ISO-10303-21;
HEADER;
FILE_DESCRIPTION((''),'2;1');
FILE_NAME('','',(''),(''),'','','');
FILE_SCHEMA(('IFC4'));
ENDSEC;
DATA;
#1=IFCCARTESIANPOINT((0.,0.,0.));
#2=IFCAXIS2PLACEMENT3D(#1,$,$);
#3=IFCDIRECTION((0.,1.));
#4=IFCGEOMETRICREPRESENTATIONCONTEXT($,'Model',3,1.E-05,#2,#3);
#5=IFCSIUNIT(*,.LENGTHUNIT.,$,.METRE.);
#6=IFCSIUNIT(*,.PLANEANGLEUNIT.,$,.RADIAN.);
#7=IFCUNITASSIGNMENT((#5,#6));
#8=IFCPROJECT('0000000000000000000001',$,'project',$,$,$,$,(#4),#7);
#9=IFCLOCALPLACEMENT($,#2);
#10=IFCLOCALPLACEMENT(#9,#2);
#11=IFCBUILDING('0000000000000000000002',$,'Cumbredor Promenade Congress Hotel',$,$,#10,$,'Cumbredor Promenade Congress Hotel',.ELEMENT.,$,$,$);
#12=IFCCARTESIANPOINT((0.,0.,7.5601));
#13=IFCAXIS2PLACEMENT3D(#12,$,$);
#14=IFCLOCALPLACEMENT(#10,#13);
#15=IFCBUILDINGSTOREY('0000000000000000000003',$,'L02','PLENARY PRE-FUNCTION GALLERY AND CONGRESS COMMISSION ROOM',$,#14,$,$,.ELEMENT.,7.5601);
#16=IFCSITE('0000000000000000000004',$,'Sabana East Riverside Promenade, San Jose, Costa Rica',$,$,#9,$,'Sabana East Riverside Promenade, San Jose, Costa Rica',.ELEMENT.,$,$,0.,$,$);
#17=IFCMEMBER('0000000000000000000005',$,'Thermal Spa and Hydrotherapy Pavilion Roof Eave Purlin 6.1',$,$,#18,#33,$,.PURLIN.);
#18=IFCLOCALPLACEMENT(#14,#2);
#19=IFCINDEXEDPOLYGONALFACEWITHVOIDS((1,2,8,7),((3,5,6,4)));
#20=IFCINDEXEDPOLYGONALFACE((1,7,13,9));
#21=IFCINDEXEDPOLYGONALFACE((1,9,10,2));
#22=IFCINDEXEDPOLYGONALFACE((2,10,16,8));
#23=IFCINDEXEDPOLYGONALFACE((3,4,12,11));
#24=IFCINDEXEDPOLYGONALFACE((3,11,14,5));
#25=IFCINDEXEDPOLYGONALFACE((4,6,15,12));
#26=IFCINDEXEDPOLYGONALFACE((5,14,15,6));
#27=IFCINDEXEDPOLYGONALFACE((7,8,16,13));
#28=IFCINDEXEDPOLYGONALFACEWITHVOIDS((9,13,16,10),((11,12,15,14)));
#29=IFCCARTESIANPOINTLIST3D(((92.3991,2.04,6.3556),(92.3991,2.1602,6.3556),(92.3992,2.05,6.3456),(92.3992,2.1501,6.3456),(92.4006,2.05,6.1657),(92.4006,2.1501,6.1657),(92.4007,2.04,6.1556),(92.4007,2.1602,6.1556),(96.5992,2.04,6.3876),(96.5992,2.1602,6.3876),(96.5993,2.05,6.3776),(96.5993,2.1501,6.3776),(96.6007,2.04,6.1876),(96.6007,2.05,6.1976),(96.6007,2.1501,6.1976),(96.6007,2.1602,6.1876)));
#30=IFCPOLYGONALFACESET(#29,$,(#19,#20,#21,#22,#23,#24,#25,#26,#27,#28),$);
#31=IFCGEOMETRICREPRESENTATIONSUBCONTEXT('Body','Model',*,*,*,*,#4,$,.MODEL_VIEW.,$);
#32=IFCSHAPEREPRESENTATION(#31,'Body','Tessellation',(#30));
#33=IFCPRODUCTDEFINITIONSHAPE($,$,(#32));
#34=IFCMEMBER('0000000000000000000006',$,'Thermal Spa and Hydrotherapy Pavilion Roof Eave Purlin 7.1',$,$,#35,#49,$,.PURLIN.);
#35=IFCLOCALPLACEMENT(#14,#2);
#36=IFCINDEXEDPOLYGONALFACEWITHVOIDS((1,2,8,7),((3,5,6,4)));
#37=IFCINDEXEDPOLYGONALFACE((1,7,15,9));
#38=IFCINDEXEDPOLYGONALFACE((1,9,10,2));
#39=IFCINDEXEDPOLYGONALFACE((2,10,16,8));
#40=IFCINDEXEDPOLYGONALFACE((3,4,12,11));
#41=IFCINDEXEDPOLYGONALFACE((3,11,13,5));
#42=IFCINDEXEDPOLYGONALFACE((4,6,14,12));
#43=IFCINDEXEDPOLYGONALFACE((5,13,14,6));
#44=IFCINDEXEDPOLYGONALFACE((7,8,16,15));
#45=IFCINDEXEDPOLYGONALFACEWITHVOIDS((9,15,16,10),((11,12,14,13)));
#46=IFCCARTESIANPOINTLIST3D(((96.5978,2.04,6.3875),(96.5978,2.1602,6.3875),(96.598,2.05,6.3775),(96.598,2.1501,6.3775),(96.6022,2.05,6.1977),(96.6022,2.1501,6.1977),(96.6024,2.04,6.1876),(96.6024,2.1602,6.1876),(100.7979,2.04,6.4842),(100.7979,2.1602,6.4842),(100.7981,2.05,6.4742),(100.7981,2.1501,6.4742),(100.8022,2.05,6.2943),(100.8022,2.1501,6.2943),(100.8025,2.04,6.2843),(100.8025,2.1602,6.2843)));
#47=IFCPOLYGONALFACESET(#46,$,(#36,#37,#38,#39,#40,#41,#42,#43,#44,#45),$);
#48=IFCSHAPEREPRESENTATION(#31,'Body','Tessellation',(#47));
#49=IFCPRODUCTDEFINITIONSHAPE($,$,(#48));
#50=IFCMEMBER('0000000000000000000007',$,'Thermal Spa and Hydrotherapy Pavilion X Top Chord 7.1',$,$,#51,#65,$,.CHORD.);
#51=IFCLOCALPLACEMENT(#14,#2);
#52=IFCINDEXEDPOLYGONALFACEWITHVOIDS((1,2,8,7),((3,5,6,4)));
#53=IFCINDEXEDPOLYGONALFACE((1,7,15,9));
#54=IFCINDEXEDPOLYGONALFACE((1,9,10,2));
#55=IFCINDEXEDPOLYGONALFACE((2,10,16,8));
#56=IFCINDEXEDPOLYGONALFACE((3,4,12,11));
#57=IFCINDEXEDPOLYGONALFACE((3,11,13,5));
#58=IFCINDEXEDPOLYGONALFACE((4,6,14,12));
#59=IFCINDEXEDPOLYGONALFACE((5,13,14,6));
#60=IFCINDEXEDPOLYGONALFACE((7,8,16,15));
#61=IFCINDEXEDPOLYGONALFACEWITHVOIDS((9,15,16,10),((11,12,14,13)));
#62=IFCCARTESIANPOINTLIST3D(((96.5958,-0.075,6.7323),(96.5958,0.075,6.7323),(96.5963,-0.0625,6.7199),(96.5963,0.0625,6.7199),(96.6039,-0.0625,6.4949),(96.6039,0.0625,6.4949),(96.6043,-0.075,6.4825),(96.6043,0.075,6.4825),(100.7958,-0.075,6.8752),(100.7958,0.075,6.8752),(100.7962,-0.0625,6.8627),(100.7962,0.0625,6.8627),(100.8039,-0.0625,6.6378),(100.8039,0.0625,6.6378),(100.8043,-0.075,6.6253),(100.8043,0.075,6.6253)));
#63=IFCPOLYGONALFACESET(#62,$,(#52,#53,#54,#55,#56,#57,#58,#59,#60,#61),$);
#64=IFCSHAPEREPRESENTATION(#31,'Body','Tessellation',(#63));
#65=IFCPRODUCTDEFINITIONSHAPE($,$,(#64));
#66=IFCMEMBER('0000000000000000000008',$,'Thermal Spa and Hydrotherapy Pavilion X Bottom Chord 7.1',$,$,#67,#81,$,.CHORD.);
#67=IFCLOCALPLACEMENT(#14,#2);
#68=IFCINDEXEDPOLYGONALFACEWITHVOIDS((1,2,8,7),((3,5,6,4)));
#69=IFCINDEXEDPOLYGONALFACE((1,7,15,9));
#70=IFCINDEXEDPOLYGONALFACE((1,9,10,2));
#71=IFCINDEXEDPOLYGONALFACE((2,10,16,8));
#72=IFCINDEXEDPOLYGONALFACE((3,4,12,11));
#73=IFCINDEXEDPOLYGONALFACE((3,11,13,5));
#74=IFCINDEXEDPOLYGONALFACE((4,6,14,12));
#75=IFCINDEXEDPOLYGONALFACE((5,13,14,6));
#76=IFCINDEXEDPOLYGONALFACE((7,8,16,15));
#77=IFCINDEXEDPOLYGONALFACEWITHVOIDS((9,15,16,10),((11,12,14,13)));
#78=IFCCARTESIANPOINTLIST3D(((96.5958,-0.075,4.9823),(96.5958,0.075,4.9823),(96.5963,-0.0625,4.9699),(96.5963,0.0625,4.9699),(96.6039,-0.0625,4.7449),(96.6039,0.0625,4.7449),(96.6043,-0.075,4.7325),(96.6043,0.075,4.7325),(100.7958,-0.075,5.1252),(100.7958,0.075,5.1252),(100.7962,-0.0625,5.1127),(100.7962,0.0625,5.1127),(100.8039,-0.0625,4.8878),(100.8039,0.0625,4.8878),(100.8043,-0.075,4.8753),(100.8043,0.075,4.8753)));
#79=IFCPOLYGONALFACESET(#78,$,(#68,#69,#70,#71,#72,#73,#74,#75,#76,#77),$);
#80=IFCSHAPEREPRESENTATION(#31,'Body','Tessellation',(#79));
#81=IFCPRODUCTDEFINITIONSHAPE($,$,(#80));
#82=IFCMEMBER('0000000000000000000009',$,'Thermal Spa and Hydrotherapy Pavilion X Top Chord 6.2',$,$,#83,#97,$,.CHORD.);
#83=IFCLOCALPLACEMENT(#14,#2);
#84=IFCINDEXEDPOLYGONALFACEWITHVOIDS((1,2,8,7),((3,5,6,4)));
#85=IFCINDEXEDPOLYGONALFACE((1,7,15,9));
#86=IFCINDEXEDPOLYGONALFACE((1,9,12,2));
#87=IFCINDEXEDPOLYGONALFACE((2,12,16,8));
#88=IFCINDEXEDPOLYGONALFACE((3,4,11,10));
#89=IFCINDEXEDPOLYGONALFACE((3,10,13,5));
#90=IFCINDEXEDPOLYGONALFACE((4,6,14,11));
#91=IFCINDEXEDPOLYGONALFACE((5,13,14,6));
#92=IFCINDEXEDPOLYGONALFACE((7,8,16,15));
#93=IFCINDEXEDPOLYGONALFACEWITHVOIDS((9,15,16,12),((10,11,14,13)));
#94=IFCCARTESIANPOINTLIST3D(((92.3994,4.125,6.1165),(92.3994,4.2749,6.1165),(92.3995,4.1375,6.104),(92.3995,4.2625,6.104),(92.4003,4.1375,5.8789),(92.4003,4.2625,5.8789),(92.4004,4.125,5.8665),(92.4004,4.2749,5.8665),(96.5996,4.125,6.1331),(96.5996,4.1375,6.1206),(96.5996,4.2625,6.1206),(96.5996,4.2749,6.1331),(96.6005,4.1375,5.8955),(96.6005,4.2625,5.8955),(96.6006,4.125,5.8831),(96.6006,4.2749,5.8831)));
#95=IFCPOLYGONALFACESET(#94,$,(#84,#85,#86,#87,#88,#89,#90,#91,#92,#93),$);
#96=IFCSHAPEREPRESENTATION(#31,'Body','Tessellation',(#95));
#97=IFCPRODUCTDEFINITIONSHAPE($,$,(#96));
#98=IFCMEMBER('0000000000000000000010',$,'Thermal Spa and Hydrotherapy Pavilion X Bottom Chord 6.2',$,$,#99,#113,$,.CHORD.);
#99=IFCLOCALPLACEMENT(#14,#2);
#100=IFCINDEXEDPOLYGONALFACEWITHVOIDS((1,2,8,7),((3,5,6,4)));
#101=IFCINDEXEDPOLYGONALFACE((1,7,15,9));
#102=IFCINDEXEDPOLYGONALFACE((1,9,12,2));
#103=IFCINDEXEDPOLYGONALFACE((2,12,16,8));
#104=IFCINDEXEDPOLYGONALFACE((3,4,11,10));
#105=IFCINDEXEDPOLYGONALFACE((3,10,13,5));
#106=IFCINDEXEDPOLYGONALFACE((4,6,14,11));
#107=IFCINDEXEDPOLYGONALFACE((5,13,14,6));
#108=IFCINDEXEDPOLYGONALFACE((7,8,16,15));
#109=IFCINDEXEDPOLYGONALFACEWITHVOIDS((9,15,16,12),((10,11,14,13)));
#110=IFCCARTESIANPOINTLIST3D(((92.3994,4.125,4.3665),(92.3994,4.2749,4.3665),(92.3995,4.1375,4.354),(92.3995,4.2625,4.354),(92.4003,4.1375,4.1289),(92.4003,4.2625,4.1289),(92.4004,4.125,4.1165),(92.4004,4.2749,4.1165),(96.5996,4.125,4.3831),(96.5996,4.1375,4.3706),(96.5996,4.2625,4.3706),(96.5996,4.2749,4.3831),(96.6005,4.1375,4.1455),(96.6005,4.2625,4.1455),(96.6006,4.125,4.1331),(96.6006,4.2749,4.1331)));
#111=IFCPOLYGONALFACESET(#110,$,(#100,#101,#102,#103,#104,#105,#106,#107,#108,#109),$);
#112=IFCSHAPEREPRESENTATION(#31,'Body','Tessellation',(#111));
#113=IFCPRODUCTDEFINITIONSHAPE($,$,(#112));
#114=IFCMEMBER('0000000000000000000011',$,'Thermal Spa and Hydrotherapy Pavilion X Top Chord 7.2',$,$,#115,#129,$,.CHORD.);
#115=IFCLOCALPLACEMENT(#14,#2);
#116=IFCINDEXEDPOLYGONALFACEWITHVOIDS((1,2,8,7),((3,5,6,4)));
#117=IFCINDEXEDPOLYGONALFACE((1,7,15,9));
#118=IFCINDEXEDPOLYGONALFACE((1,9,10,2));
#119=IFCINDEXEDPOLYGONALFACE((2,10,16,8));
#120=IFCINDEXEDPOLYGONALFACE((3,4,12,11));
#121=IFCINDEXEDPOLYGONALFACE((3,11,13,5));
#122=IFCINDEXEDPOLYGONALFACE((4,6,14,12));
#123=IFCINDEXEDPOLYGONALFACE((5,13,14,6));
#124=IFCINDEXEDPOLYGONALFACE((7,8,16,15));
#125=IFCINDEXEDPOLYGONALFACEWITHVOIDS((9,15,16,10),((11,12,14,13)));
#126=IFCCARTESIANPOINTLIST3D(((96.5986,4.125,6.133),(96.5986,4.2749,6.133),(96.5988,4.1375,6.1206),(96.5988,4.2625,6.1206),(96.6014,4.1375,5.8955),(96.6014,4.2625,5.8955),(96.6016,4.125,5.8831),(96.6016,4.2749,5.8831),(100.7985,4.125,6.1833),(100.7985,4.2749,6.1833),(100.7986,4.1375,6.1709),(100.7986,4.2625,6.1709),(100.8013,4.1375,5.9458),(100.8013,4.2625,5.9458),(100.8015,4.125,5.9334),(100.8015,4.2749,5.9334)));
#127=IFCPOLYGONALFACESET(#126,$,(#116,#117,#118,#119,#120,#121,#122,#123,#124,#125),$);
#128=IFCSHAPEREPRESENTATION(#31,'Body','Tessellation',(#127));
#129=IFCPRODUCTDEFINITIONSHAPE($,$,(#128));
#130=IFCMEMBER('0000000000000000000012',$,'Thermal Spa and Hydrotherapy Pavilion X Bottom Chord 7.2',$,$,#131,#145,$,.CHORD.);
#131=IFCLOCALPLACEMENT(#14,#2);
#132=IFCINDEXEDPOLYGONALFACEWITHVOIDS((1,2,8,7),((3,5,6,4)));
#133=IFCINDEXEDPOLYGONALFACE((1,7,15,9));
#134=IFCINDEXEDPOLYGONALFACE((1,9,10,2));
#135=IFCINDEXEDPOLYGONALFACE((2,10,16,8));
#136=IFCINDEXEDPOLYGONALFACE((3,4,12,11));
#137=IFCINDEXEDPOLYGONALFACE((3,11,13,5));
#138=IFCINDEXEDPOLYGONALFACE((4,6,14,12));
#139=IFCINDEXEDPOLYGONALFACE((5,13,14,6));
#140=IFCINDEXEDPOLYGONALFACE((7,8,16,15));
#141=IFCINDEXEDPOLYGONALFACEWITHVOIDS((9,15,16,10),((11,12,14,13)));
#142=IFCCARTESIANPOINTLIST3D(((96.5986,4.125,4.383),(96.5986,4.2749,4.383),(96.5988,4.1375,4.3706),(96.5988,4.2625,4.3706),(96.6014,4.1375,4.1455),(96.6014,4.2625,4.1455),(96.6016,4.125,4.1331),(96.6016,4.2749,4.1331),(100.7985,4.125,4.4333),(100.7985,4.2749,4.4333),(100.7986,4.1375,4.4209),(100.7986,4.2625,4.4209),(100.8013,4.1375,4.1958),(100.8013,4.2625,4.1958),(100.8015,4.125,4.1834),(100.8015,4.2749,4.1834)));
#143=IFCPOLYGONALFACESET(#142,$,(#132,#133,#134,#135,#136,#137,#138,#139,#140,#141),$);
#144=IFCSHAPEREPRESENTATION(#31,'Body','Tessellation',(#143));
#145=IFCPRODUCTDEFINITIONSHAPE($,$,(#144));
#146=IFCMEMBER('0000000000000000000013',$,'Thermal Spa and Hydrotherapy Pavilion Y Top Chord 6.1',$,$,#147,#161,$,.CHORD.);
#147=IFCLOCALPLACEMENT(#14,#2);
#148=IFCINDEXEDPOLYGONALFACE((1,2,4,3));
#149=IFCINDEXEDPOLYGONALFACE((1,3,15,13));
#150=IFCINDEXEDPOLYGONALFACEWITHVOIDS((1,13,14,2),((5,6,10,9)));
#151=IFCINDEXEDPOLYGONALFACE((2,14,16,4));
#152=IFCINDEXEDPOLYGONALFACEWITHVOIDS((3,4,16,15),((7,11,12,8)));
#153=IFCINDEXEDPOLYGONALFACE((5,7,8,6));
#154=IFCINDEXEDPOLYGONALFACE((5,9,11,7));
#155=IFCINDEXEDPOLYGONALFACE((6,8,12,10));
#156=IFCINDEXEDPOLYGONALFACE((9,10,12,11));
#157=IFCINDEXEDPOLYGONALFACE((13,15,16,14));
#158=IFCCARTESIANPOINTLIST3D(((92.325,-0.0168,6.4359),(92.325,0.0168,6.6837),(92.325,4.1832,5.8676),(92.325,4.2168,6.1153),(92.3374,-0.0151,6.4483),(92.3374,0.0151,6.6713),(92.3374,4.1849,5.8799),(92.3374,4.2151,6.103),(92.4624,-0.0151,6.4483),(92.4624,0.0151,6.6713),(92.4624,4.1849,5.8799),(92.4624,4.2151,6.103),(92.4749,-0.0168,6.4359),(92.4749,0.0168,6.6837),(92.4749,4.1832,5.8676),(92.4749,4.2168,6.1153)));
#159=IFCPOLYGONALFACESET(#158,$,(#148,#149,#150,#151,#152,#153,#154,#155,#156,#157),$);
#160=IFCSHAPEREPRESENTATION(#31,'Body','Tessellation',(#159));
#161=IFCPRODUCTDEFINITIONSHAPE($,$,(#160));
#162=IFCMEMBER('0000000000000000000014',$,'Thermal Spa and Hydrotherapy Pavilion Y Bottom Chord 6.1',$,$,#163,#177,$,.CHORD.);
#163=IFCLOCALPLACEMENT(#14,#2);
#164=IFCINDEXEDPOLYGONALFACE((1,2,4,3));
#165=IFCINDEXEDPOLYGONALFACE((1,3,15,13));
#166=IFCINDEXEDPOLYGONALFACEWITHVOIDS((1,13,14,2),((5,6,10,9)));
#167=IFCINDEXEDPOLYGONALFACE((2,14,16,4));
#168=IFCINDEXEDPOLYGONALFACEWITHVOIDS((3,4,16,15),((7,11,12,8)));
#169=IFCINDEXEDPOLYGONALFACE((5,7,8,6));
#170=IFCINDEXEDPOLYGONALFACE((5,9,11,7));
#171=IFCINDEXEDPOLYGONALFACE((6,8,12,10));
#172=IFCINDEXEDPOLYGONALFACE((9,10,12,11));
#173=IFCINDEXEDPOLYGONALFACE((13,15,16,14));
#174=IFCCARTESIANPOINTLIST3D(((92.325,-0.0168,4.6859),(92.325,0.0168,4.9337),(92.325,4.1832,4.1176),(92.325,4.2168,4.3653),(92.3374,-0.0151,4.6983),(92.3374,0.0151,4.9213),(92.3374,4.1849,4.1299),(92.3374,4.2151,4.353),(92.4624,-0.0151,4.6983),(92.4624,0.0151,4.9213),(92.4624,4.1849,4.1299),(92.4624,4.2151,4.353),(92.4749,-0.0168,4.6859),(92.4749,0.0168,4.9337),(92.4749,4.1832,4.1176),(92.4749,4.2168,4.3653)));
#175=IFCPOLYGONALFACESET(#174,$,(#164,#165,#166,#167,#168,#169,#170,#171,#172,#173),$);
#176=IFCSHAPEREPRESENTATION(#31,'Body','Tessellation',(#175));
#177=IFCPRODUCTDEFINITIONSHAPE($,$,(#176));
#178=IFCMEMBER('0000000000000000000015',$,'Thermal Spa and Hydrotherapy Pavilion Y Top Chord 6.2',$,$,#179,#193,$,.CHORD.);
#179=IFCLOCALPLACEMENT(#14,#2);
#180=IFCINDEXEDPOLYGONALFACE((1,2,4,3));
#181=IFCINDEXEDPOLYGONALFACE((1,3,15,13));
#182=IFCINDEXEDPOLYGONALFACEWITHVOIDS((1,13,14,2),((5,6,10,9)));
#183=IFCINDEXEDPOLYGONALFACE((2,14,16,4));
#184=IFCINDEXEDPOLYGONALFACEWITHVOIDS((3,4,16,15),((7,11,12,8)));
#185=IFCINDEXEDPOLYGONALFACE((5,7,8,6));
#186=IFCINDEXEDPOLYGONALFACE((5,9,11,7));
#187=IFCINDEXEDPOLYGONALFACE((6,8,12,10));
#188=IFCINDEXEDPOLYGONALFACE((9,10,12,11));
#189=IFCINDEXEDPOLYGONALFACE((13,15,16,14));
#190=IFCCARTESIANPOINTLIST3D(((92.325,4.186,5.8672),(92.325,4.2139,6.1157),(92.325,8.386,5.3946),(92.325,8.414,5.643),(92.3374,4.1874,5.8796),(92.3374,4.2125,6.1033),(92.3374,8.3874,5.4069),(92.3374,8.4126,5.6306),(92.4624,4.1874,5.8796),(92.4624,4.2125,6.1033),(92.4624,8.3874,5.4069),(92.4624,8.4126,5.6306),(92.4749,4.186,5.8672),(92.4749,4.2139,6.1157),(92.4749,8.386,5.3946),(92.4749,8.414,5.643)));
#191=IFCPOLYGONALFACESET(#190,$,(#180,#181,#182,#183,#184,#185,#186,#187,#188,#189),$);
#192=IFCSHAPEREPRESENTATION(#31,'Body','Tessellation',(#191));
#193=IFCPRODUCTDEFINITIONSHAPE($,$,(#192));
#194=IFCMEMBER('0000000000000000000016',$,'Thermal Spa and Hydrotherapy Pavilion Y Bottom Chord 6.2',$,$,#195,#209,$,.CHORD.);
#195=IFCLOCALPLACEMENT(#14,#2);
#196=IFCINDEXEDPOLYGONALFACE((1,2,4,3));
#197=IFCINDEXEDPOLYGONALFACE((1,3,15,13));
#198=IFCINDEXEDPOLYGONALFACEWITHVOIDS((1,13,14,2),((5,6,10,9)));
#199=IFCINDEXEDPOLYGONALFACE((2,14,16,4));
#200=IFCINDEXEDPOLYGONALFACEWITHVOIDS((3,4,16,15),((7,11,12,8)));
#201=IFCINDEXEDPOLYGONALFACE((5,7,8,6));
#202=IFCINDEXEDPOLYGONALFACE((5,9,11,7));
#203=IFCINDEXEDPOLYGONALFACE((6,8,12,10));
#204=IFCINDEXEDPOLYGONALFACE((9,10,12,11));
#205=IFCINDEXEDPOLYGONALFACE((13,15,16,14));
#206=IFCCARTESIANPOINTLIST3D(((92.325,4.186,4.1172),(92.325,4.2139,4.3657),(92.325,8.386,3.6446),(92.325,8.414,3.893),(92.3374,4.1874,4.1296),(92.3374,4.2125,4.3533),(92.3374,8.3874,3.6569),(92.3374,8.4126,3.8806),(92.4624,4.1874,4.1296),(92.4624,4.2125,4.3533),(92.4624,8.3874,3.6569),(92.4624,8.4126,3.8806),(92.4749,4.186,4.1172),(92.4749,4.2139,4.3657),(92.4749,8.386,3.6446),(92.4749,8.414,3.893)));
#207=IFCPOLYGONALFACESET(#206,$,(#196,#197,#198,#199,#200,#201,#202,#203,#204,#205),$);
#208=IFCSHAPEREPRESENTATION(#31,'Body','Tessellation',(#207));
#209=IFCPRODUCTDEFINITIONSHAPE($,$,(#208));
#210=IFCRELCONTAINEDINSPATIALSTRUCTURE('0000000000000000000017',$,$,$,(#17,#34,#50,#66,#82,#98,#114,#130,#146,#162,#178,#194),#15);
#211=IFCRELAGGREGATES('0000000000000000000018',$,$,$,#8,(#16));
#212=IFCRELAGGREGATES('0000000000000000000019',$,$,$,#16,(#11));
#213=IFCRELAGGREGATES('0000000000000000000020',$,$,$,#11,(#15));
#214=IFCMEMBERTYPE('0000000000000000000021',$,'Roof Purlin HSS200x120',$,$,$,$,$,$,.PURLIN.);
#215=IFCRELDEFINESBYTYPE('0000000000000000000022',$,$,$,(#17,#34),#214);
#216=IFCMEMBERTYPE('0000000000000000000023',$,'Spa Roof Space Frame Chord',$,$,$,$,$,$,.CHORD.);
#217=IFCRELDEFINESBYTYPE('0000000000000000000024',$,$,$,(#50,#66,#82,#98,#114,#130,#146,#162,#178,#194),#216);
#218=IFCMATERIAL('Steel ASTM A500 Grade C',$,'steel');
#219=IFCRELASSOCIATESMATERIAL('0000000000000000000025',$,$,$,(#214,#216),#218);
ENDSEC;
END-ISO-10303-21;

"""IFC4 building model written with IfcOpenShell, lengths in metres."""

from ifc_helpers import new_model, si_unit, direction, frame, origin, origin_2d, place, context, subcontext, project, spatial, hollow_rectangle, extrude, material, material_profile, profile_set, type_object, element, save


model = new_model("IFC4")

# Units and contexts
model_context = context("Model", 3, precision=1e-05, world=origin(), true_north=direction((0.0, 1.0)))
body_context = subcontext(model_context, "Body", "Model", "MODEL_VIEW")
ifc_project = project(units=[si_unit("LENGTHUNIT", "METRE"), si_unit("PLANEANGLEUNIT", "RADIAN")], contexts=[model_context])

# Site, building, storey
site_placement = place(None, origin())
site = spatial("IfcSite", under=ifc_project, at=site_placement, Name="Sabana East Riverside Promenade, San Jose, Costa Rica", LongName="Sabana East Riverside Promenade, San Jose, Costa Rica", CompositionType="ELEMENT", RefElevation=0.0)
building_placement = place(site_placement, origin())
building = spatial("IfcBuilding", under=site, at=building_placement, Name="Cumbredor Promenade Congress Hotel", LongName="Cumbredor Promenade Congress Hotel", CompositionType="ELEMENT")
storey_placement = place(building_placement, frame((0.0, 0.0, 7.5601)))
storey = spatial("IfcBuildingStorey", under=building, at=storey_placement, Name="L02", Description="PLENARY PRE-FUNCTION GALLERY AND CONGRESS COMMISSION ROOM", CompositionType="ELEMENT", Elevation=7.5601)

# Members
ifc_material_1 = material(Name="Steel ASTM A500 Grade C", Category="steel")
ifc_material_profile_1 = material_profile(ifc_material_1, hollow_rectangle(XDim=0.1201, YDim=0.2, WallThickness=0.01, at=origin_2d()), Name="HSS 200x120x10")
ifc_profile_set_1 = profile_set([ifc_material_profile_1], Name="Steel ASTM A500 Grade C")
member_type_1 = type_object("IfcMemberType", Name="Roof Purlin HSS200x120", PredefinedType="PURLIN", material=ifc_profile_set_1)
member_1_placement = place(storey_placement, frame((92.3999, 2.1001, 6.2556), z_axis=(0.999971, 0.0, 0.007614), x_axis=(0.0, 1.0, 0.0)))
element("IfcMember", 1, at=member_1_placement, inside=storey, type_object=member_type_1, Name="Thermal Spa and Hydrotherapy Pavilion Roof Eave Purlin 6.1", PredefinedType="PURLIN", context=body_context, shape_type="SweptSolid", body=[
    extrude(hollow_rectangle(XDim=0.1201, YDim=0.2, WallThickness=0.01, at=origin_2d()), origin(), (0.0, 0.0, 1.0), 4.2002),
])
member_2_placement = place(storey_placement, frame((96.6001, 2.1001, 6.2876), z_axis=(0.999735, 0.0, 0.023013), x_axis=(0.0, 1.0, 0.0)))
element("IfcMember", 2, at=member_2_placement, inside=storey, type_object=member_type_1, Name="Thermal Spa and Hydrotherapy Pavilion Roof Eave Purlin 7.1", PredefinedType="PURLIN", context=body_context, shape_type="SweptSolid", body=[
    extrude(hollow_rectangle(XDim=0.1201, YDim=0.2, WallThickness=0.01, at=origin_2d()), origin(), (0.0, 0.0, 1.0), 4.2012),
])
ifc_material_profile_2 = material_profile(ifc_material_1, hollow_rectangle(XDim=0.1499, YDim=0.25, WallThickness=0.0125, at=origin_2d()), Name="HSS 250x150x12.5")
ifc_profile_set_2 = profile_set([ifc_material_profile_2], Name="Steel ASTM A500 Grade C")
member_type_2 = type_object("IfcMemberType", Name="Spa Roof Space Frame Chord", PredefinedType="CHORD", material=ifc_profile_set_2)
for number, where, z_axis, x_axis, name in (
    (3, (96.6001, 0.0, 6.6074), (0.999422, 0.0, 0.033986), (0.0, 1.0, 0.0), "Thermal Spa and Hydrotherapy Pavilion X Top Chord 7.1"),
    (4, (96.6001, 0.0, 4.8574), (0.999422, 0.0, 0.033986), (0.0, 1.0, 0.0), "Thermal Spa and Hydrotherapy Pavilion X Bottom Chord 7.1"),
):
    element("IfcMember", number, at=place(storey_placement, frame(where, z_axis=z_axis, x_axis=x_axis)), inside=storey, type_object=member_type_2, Name=name, PredefinedType="CHORD", context=body_context, shape_type="SweptSolid", body=[
        extrude(hollow_rectangle(XDim=0.1499, YDim=0.25, WallThickness=0.0125, at=origin_2d()), origin(), (0.0, 0.0, 1.0), 4.2024),
    ])
for number, where, z_axis, x_axis, name in (
    (5, (92.3999, 4.2, 5.9915), (0.999992, 0.0, 0.003953), (0.0, 1.0, 0.0), "Thermal Spa and Hydrotherapy Pavilion X Top Chord 6.2"),
    (6, (92.3999, 4.2, 4.2415), (0.999992, 0.0, 0.003953), (0.0, 1.0, 0.0), "Thermal Spa and Hydrotherapy Pavilion X Bottom Chord 6.2"),
    (7, (96.6001, 4.2, 6.0081), (0.999928, 0.0, 0.011974), (0.0, 1.0, 0.0), "Thermal Spa and Hydrotherapy Pavilion X Top Chord 7.2"),
    (8, (96.6001, 4.2, 4.2581), (0.999928, 0.0, 0.011974), (0.0, 1.0, 0.0), "Thermal Spa and Hydrotherapy Pavilion X Bottom Chord 7.2"),
):
    element("IfcMember", number, at=place(storey_placement, frame(where, z_axis=z_axis, x_axis=x_axis)), inside=storey, type_object=member_type_2, Name=name, PredefinedType="CHORD", context=body_context, shape_type="SweptSolid", body=[
        extrude(hollow_rectangle(XDim=0.1499, YDim=0.25, WallThickness=0.0125, at=origin_2d()), origin(), (0.0, 0.0, 1.0), 4.2002),
    ])
for number, where, z_axis, x_axis, name in (
    (9, (92.3999, 0.0, 6.5598), (0.0, 0.990967, -0.134103), (-1.0, 0.0, 0.0), "Thermal Spa and Hydrotherapy Pavilion Y Top Chord 6.1"),
    (10, (92.3999, 0.0, 4.8098), (0.0, 0.990967, -0.134103), (-1.0, 0.0, 0.0), "Thermal Spa and Hydrotherapy Pavilion Y Bottom Chord 6.1"),
):
    element("IfcMember", number, at=place(storey_placement, frame(where, z_axis=z_axis, x_axis=x_axis)), inside=storey, type_object=member_type_2, Name=name, PredefinedType="CHORD", context=body_context, shape_type="SweptSolid", body=[
        extrude(hollow_rectangle(XDim=0.1499, YDim=0.25, WallThickness=0.0125, at=origin_2d()), origin(), (0.0, 0.0, 1.0), 4.2383),
    ])
for number, where, z_axis, x_axis, name in (
    (11, (92.3999, 4.2, 5.9915), (0.0, 0.993727, -0.111833), (-1.0, 0.0, 0.0), "Thermal Spa and Hydrotherapy Pavilion Y Top Chord 6.2"),
    (12, (92.3999, 4.2, 4.2415), (0.0, 0.993727, -0.111833), (-1.0, 0.0, 0.0), "Thermal Spa and Hydrotherapy Pavilion Y Bottom Chord 6.2"),
):
    element("IfcMember", number, at=place(storey_placement, frame(where, z_axis=z_axis, x_axis=x_axis)), inside=storey, type_object=member_type_2, Name=name, PredefinedType="CHORD", context=body_context, shape_type="SweptSolid", body=[
        extrude(hollow_rectangle(XDim=0.1499, YDim=0.25, WallThickness=0.0125, at=origin_2d()), origin(), (0.0, 0.0, 1.0), 4.2266),
    ])

save(model, "model.ifc")
